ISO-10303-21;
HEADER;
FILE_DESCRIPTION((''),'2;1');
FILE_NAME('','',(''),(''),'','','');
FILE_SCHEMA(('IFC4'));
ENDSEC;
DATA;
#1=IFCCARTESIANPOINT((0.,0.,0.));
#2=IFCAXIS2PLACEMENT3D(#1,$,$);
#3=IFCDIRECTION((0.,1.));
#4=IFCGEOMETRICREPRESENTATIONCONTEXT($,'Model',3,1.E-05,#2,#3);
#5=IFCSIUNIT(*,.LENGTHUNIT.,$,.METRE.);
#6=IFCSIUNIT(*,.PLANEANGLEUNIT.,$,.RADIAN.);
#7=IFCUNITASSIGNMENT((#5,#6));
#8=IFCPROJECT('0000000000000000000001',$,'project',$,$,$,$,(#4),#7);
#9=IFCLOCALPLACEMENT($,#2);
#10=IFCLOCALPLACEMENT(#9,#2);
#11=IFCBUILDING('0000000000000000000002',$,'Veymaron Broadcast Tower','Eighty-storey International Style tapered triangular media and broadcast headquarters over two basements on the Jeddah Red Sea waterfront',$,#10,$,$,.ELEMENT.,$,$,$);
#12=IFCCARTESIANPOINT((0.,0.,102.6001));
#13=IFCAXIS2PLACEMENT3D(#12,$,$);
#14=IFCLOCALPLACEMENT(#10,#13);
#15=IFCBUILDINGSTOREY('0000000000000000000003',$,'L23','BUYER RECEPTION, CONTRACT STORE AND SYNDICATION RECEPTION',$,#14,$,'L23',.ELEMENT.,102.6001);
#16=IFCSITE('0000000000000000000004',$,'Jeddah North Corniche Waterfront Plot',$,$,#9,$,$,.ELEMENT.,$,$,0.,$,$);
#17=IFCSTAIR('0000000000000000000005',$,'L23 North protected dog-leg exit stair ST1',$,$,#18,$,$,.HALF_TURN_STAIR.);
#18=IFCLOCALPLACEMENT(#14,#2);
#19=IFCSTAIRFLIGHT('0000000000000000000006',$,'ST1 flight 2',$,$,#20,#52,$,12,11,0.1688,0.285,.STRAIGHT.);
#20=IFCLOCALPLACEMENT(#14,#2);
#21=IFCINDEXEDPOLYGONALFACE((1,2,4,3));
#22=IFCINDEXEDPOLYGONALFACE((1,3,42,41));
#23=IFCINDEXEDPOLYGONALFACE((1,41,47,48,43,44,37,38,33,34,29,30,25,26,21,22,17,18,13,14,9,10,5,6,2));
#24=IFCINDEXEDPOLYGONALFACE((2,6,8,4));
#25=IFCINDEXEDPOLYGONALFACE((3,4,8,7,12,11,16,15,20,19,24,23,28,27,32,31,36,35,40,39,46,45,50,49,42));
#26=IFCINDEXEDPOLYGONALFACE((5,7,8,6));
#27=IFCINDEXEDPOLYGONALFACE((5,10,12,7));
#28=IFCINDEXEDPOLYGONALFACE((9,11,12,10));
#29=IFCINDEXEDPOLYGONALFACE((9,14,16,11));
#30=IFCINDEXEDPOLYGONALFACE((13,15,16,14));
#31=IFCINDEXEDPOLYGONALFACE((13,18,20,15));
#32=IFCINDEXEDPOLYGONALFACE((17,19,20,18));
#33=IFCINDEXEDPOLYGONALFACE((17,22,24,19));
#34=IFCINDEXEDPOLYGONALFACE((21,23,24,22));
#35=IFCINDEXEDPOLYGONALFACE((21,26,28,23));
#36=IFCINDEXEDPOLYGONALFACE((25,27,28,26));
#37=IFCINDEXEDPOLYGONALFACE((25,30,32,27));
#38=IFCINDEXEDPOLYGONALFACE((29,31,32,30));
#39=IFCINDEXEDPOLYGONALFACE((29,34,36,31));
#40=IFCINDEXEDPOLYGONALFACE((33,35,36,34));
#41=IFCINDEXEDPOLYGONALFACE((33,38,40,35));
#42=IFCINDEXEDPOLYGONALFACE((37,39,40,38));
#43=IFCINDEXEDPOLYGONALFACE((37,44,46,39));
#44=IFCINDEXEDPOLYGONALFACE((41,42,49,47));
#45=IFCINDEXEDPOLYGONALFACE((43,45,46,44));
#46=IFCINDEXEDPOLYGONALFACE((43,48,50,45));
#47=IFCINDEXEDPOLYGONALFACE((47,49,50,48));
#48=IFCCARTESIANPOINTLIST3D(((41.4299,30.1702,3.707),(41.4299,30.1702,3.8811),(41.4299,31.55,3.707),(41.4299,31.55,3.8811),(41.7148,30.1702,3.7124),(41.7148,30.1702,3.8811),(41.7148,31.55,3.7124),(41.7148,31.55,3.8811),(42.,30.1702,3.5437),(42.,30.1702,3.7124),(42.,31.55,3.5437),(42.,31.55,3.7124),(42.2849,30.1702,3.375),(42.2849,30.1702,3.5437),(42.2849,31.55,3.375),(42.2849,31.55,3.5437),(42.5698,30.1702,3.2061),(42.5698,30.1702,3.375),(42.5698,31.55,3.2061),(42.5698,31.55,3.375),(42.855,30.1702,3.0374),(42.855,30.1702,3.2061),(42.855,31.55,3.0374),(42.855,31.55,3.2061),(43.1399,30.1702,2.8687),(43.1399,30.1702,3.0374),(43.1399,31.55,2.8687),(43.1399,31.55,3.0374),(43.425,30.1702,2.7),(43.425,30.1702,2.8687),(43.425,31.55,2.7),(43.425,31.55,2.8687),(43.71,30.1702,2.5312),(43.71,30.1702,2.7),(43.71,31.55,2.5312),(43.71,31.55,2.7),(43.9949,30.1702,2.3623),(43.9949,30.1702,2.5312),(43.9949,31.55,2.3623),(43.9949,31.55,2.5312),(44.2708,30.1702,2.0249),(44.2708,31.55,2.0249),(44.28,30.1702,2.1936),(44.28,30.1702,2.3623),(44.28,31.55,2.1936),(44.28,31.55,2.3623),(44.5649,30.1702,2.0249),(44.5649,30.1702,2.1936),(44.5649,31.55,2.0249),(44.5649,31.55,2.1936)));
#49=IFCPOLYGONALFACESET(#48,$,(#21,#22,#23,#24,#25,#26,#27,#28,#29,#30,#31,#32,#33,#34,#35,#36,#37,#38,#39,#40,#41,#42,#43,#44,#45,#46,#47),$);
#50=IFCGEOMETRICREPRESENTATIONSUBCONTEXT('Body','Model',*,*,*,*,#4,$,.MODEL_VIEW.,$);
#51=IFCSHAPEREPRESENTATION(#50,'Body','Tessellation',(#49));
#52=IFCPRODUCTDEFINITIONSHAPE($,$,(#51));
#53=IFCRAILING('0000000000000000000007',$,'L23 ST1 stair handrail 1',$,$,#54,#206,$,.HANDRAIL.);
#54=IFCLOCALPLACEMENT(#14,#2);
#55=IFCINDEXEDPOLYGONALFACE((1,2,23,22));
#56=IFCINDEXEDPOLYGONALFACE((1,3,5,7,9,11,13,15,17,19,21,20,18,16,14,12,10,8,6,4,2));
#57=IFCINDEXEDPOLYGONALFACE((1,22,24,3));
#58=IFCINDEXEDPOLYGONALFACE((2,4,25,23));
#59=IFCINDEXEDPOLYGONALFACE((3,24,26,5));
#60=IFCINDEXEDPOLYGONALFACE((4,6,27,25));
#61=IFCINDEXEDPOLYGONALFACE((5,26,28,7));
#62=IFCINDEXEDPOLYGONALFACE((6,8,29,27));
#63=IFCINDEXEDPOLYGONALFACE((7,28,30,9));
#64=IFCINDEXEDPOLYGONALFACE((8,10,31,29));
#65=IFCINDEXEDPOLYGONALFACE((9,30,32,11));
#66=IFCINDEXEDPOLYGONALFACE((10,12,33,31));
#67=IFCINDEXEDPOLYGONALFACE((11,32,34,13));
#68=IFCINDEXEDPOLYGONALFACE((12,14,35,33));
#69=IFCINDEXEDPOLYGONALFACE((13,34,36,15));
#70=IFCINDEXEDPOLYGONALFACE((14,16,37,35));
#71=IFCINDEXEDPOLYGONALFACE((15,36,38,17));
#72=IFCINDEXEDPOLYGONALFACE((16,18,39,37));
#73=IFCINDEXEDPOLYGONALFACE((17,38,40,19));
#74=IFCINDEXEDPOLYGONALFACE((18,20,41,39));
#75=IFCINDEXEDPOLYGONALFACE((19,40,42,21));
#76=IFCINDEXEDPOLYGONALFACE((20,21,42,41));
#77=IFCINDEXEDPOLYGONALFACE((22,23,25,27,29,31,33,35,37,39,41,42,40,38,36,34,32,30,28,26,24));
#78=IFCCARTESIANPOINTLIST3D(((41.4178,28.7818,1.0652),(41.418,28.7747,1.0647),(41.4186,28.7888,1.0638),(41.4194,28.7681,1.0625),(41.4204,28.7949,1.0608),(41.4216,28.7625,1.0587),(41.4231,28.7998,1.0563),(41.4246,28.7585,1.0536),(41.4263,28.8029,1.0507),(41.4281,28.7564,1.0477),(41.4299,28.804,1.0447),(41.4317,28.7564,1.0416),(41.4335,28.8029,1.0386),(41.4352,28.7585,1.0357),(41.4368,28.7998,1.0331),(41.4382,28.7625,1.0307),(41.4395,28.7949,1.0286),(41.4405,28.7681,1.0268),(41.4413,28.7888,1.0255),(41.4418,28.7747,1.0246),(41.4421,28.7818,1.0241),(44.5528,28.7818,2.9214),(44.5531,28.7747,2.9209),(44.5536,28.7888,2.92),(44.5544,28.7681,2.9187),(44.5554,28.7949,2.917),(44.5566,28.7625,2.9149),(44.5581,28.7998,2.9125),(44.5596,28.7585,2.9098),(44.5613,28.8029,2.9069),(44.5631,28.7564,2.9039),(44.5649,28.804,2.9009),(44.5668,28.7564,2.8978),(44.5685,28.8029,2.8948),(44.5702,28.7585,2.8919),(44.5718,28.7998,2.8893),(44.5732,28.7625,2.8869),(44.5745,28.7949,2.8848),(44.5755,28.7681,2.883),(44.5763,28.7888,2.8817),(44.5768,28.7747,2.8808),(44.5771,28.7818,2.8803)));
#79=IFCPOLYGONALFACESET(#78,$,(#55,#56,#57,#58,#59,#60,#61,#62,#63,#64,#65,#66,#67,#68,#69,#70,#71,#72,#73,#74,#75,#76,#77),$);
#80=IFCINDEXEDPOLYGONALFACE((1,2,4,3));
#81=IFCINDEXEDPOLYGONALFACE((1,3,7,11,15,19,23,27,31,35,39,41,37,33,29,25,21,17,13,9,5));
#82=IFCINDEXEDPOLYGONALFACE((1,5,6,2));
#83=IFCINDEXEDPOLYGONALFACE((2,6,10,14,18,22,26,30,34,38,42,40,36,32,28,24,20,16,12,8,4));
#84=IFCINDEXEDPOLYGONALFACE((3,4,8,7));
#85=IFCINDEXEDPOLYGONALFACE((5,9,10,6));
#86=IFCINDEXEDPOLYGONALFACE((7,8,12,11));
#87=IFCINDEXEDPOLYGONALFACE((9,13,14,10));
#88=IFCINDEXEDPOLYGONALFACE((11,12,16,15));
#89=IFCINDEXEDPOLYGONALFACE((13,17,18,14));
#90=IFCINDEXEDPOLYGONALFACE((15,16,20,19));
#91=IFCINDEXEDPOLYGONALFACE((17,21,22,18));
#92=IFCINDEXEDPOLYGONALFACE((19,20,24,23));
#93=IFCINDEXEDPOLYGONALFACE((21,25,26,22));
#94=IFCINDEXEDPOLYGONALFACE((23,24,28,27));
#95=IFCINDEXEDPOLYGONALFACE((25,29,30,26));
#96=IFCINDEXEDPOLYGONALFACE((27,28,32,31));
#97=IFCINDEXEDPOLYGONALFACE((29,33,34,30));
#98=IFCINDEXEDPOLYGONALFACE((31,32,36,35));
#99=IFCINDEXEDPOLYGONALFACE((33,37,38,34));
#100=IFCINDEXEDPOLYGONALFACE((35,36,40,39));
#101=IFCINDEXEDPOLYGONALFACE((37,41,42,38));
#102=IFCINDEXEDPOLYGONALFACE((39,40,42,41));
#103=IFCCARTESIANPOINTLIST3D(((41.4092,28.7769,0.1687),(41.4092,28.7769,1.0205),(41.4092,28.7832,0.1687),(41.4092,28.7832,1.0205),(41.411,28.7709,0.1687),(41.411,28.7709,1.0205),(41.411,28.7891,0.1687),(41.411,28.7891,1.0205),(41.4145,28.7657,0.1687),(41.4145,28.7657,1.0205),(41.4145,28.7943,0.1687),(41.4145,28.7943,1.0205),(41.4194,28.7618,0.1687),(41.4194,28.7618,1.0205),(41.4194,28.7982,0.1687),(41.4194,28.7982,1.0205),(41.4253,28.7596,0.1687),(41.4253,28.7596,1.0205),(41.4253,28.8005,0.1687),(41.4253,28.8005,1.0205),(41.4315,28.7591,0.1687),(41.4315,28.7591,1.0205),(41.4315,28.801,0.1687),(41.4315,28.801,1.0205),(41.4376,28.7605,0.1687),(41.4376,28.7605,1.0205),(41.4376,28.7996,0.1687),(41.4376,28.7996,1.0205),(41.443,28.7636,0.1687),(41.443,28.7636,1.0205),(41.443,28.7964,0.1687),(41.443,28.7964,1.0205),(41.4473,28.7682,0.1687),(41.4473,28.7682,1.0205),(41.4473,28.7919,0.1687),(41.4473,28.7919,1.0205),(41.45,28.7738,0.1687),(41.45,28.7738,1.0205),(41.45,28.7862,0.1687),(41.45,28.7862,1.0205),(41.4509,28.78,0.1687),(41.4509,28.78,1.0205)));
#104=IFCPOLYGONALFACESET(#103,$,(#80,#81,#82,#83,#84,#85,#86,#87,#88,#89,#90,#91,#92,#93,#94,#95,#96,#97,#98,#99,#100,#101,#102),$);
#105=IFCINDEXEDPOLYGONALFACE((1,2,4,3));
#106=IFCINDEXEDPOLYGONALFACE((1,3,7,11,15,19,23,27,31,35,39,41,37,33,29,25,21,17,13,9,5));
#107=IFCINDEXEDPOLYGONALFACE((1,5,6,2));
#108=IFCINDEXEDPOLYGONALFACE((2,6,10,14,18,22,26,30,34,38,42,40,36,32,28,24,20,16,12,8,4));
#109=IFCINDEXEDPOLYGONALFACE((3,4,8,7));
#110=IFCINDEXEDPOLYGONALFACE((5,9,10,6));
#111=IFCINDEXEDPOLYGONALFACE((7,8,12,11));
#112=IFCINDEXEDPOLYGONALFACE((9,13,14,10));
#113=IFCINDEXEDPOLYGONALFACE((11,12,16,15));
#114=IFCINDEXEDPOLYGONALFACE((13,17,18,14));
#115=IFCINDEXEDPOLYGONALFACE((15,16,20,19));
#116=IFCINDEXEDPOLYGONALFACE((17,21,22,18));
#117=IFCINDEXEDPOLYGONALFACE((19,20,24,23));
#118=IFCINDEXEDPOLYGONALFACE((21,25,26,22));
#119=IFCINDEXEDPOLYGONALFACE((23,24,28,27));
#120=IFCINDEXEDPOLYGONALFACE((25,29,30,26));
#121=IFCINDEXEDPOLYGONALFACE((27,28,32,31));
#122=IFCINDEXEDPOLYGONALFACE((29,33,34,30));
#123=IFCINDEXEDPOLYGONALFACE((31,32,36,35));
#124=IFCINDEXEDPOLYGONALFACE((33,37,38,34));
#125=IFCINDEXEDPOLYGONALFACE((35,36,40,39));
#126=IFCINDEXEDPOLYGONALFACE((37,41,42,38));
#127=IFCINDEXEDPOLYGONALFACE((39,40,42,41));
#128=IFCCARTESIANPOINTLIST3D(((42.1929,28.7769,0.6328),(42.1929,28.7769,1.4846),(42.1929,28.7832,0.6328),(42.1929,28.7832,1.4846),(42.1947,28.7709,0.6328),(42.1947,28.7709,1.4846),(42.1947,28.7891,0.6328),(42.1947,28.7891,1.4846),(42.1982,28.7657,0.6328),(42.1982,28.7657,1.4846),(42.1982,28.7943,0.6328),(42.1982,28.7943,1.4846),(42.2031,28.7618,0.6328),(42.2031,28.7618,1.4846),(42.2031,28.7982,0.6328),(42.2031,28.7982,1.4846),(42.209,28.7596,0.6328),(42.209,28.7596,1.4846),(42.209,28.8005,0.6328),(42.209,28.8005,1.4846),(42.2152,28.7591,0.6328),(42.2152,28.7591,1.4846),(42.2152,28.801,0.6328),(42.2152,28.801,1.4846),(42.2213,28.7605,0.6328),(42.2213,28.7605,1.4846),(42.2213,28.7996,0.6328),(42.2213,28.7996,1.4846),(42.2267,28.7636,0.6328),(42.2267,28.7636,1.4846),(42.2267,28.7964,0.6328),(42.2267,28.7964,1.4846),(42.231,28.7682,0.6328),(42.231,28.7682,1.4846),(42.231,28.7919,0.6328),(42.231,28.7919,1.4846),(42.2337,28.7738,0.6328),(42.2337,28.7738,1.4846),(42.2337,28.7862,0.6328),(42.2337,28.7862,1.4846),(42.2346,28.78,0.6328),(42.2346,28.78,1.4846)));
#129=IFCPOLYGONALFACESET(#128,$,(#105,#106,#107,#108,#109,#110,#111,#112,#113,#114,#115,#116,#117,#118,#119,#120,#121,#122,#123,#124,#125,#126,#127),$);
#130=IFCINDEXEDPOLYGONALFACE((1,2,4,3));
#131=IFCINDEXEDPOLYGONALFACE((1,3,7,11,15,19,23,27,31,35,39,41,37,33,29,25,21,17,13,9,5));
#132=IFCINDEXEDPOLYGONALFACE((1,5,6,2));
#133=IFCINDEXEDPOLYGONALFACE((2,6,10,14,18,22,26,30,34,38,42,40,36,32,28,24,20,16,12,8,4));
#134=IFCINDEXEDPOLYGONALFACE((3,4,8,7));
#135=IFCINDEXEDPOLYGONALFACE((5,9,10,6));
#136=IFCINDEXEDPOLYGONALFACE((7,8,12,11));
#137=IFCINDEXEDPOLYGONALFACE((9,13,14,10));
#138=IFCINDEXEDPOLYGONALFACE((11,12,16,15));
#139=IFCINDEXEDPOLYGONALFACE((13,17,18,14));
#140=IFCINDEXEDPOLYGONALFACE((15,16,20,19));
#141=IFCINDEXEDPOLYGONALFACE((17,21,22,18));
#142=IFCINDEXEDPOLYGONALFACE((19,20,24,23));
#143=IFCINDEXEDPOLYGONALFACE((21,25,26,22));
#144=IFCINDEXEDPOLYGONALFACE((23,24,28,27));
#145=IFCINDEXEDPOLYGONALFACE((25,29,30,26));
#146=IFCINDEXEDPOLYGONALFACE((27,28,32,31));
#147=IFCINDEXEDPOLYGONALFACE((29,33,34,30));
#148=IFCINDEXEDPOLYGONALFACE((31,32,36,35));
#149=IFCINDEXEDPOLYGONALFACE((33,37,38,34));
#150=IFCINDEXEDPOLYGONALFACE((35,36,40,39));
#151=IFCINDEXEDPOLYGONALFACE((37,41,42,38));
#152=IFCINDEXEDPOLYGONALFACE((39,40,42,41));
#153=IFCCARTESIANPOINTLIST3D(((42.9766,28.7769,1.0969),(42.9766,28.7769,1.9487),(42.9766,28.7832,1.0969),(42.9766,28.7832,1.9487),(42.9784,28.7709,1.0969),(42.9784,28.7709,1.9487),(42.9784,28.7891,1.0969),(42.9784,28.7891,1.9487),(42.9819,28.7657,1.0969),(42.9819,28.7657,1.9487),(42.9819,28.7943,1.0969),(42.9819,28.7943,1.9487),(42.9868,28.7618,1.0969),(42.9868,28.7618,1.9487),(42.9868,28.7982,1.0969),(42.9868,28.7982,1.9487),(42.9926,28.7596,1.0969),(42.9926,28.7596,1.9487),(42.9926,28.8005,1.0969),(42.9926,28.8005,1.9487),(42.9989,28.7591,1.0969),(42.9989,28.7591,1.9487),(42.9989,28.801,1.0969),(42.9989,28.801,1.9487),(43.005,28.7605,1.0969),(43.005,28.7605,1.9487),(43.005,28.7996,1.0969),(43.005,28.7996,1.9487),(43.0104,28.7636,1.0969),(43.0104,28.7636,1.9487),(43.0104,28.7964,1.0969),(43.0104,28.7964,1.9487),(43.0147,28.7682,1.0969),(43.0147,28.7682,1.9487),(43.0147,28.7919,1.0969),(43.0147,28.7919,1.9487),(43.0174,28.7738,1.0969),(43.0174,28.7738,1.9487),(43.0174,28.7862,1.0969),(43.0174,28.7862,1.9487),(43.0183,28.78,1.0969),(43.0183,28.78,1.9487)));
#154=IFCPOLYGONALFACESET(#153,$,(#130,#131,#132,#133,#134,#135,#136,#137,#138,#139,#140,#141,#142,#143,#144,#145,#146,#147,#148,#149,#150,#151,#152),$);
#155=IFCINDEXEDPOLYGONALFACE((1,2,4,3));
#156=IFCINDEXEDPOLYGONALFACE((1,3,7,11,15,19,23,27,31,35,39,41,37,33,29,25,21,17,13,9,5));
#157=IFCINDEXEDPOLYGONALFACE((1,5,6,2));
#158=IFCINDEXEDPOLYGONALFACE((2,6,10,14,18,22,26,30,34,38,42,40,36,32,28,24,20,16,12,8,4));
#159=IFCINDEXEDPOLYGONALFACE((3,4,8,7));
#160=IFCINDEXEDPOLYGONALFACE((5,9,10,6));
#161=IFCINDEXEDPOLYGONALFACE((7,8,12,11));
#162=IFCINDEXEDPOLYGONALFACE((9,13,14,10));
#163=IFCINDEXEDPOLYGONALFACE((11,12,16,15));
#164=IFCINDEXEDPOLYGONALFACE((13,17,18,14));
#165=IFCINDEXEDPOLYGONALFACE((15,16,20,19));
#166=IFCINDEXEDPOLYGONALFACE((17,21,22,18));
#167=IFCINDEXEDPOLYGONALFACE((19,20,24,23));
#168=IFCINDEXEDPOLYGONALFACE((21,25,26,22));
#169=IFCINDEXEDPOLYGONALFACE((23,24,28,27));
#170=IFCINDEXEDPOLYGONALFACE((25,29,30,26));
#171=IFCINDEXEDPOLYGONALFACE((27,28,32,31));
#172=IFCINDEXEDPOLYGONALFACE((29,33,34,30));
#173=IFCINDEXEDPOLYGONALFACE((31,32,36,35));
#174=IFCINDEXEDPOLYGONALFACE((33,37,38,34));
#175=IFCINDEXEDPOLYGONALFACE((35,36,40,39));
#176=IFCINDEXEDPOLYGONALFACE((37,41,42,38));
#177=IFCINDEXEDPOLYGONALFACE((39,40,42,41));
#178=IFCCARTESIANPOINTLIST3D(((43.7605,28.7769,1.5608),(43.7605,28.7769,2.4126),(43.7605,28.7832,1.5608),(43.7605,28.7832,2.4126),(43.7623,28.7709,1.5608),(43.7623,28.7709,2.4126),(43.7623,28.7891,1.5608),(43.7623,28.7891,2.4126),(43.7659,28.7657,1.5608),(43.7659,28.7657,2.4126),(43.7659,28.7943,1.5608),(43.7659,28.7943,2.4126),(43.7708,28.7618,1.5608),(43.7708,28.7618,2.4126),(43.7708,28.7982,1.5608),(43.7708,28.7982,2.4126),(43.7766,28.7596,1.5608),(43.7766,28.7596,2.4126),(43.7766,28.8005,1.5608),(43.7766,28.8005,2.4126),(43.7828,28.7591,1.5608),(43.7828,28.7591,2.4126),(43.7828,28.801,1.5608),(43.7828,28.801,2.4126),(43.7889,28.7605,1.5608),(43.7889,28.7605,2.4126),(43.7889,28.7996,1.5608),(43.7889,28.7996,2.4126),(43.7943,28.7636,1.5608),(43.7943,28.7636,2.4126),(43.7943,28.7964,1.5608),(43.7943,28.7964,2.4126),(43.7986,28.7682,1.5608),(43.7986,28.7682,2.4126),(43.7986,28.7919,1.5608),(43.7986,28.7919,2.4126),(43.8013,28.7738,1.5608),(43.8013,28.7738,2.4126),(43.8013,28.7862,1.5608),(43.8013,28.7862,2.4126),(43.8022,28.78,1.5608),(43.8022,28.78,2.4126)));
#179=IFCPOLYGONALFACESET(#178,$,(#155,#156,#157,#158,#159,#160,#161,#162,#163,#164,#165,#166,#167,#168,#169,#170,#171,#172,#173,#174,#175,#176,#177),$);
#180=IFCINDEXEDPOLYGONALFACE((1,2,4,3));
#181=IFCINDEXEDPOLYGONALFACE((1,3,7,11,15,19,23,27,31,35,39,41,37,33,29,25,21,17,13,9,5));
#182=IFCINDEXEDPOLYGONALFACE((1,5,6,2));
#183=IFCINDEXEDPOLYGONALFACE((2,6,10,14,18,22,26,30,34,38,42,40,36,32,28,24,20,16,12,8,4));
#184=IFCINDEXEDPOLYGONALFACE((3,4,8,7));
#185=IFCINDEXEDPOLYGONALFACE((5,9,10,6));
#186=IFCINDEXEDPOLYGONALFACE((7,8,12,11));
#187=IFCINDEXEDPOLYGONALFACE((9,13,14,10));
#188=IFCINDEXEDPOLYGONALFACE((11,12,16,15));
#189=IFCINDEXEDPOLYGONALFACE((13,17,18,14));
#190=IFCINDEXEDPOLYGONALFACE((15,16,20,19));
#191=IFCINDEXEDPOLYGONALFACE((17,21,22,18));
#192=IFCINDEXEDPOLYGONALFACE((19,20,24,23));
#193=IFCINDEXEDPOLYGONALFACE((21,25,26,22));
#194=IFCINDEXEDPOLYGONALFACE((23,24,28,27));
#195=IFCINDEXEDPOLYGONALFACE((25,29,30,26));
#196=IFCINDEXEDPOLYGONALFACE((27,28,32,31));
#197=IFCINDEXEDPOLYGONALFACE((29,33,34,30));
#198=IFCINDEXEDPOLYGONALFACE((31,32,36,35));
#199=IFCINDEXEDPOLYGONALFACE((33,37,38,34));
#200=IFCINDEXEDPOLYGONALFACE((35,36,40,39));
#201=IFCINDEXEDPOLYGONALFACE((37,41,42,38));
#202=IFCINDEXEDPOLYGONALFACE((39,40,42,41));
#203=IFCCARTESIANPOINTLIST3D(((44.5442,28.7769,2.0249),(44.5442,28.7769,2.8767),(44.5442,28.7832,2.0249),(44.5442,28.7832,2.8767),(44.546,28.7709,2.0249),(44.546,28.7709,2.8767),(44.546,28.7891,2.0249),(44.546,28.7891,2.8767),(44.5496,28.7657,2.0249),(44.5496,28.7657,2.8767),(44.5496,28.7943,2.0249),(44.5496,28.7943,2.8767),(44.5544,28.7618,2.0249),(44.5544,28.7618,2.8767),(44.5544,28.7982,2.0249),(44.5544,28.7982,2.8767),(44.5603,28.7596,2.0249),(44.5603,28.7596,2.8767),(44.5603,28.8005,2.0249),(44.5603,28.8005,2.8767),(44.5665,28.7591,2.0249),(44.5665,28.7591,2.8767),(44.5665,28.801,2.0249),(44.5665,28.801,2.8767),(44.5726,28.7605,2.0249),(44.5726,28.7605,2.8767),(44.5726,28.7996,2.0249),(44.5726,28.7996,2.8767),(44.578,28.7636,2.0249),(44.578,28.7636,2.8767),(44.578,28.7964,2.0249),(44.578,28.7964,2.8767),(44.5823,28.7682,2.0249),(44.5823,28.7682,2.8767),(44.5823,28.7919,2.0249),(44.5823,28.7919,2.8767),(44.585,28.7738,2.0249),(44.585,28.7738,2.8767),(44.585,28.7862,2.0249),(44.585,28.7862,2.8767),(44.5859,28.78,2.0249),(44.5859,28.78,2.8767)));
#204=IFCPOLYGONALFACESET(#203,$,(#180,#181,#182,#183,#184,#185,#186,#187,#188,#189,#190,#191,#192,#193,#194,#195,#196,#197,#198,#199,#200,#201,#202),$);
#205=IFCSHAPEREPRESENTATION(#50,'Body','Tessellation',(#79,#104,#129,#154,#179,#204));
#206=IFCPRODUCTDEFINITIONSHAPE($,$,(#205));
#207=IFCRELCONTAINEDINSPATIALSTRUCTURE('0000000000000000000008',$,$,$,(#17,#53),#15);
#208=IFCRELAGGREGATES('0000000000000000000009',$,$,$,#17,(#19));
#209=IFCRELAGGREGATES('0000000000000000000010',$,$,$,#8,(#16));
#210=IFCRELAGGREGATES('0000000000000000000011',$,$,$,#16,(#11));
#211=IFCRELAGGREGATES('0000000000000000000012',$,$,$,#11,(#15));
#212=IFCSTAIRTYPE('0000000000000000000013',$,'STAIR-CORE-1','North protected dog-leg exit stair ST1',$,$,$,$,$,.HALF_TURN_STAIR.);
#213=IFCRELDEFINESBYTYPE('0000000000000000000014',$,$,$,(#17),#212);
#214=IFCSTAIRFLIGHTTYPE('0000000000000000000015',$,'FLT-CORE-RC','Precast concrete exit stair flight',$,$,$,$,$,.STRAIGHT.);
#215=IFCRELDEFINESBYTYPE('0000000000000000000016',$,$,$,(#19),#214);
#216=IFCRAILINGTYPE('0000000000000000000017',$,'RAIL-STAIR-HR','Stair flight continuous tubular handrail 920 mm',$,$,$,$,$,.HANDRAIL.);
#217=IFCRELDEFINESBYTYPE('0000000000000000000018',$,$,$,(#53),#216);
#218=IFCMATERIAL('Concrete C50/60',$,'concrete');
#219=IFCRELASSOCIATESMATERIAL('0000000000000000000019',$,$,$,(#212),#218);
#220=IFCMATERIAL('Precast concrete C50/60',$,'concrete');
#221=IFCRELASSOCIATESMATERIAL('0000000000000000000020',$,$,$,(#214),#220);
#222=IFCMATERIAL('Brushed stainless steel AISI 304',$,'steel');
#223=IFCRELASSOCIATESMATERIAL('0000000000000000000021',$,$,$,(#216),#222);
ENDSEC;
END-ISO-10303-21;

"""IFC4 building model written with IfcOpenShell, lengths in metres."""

from ifc_helpers import new_model, si_unit, direction, frame, origin, origin_2d, place, context, subcontext, project, spatial, polyline, circle, outline, extrude, material, type_object, element, aggregate, save


model = new_model("IFC4")

# Units and contexts
model_context = context("Model", 3, precision=1e-05, world=origin(), true_north=direction((0.0, 1.0)))
body_context = subcontext(model_context, "Body", "Model", "MODEL_VIEW")
ifc_project = project(units=[si_unit("LENGTHUNIT", "METRE"), si_unit("PLANEANGLEUNIT", "RADIAN")], contexts=[model_context])

# Site, building, storey
site_placement = place(None, origin())
site = spatial("IfcSite", under=ifc_project, at=site_placement, Name="Jeddah North Corniche Waterfront Plot", CompositionType="ELEMENT", RefElevation=0.0)
building_placement = place(site_placement, origin())
building = spatial("IfcBuilding", under=site, at=building_placement, Name="Veymaron Broadcast Tower", Description="Eighty-storey International Style tapered triangular media and broadcast headquarters over two basements on the Jeddah Red Sea waterfront", CompositionType="ELEMENT")
storey_placement = place(building_placement, frame((0.0, 0.0, 102.6001)))
storey = spatial("IfcBuildingStorey", under=building, at=storey_placement, Name="L23", Description="BUYER RECEPTION, CONTRACT STORE AND SYNDICATION RECEPTION", LongName="L23", CompositionType="ELEMENT", Elevation=102.6001)

# Shared definitions
ifc_material_1 = material(Name="Brushed stainless steel AISI 304", Category="steel")

# Shared definitions
ifc_material_2 = material(Name="Concrete C50/60", Category="concrete")

# Stair, stair flight
stair_type = type_object("IfcStairType", Name="STAIR-CORE-1", Description="North protected dog-leg exit stair ST1", PredefinedType="HALF_TURN_STAIR", material=ifc_material_2)
stair_placement = place(storey_placement, origin())
stair = element("IfcStair", 1, at=stair_placement, inside=storey, type_object=stair_type, Name="L23 North protected dog-leg exit stair ST1", PredefinedType="HALF_TURN_STAIR")
ifc_material_3 = material(Name="Precast concrete C50/60", Category="concrete")
stair_flight_type = type_object("IfcStairFlightType", Name="FLT-CORE-RC", Description="Precast concrete exit stair flight", PredefinedType="STRAIGHT", material=ifc_material_3)
stair_flight_1_placement = place(storey_placement, frame((44.5649, 30.8601, 2.0249), z_axis=(0.0, 0.0, 1.0), x_axis=(-1.0, 0.0, 0.0)))
stair_flight_1 = element("IfcStairFlight", 2, at=stair_flight_1_placement, type_object=stair_flight_type, Name="ST1 flight 2", NumberOfRisers=12, NumberOfTreads=11, PredefinedType="STRAIGHT", RiserHeight=0.1688, TreadLength=0.285, context=body_context, shape_type="SweptSolid", body=[
    extrude(outline(polyline([(0.0, 0.0), (0.0, 0.1687), (0.2849, 0.1687), (0.2849, 0.3374), (0.5701, 0.3374), (0.5701, 0.5063), (0.855, 0.5063), (0.855, 0.675), (1.1399, 0.675), (1.1399, 0.8438), (1.425, 0.8438), (1.425, 1.0125), (1.71, 1.0125), (1.71, 1.1812), (1.9951, 1.1812), (1.9951, 1.3501), (2.28, 1.3501), (2.28, 1.5188), (2.5649, 1.5188), (2.5649, 1.6875), (2.8501, 1.6875), (2.8501, 1.8562), (3.135, 1.8562), (3.135, 2.0249), (3.135, 1.6821), (0.2942, 0.0), (0.0, 0.0)])), frame((0.0, 0.6899, 0.0), z_axis=(0.0, -1.0, 0.0), x_axis=(1.0, 0.0, 0.0)), (0.0, 0.0, 1.0), 1.3799),
])
aggregate(stair, [stair_flight_1])

# Railing
railing_type_1 = type_object("IfcRailingType", Name="RAIL-STAIR-HR", Description="Stair flight continuous tubular handrail 920 mm", PredefinedType="HANDRAIL", material=ifc_material_1)
railing_1_placement = place(storey_placement, frame((41.4299, 28.78, 0.1687)))
element("IfcRailing", 3, at=railing_1_placement, inside=storey, type_object=railing_type_1, Name="L23 ST1 stair handrail 1", PredefinedType="HANDRAIL", context=body_context, shape_type="SweptSolid", body=[
    extrude(circle(Radius=0.0239, at=origin_2d()), frame((0.0, 0.0, 0.876), z_axis=(0.860482, 0.0, 0.509481), x_axis=(0.0, 1.0, 0.0)), (0.0, 0.0, 1.0), 3.6433),
    extrude(circle(Radius=0.021, at=origin_2d()), origin(), (0.0, 0.0, 1.0), 0.8518),
    extrude(circle(Radius=0.021, at=origin_2d()), frame((0.7837, 0.0, 0.4641)), (0.0, 0.0, 1.0), 0.8518),
    extrude(circle(Radius=0.021, at=origin_2d()), frame((1.5674, 0.0, 0.9282)), (0.0, 0.0, 1.0), 0.8518),
    extrude(circle(Radius=0.021, at=origin_2d()), frame((2.3513, 0.0, 1.3921)), (0.0, 0.0, 1.0), 0.8518),
    extrude(circle(Radius=0.021, at=origin_2d()), frame((3.135, 0.0, 1.8562)), (0.0, 0.0, 1.0), 0.8518),
])

save(model, "model.ifc")
